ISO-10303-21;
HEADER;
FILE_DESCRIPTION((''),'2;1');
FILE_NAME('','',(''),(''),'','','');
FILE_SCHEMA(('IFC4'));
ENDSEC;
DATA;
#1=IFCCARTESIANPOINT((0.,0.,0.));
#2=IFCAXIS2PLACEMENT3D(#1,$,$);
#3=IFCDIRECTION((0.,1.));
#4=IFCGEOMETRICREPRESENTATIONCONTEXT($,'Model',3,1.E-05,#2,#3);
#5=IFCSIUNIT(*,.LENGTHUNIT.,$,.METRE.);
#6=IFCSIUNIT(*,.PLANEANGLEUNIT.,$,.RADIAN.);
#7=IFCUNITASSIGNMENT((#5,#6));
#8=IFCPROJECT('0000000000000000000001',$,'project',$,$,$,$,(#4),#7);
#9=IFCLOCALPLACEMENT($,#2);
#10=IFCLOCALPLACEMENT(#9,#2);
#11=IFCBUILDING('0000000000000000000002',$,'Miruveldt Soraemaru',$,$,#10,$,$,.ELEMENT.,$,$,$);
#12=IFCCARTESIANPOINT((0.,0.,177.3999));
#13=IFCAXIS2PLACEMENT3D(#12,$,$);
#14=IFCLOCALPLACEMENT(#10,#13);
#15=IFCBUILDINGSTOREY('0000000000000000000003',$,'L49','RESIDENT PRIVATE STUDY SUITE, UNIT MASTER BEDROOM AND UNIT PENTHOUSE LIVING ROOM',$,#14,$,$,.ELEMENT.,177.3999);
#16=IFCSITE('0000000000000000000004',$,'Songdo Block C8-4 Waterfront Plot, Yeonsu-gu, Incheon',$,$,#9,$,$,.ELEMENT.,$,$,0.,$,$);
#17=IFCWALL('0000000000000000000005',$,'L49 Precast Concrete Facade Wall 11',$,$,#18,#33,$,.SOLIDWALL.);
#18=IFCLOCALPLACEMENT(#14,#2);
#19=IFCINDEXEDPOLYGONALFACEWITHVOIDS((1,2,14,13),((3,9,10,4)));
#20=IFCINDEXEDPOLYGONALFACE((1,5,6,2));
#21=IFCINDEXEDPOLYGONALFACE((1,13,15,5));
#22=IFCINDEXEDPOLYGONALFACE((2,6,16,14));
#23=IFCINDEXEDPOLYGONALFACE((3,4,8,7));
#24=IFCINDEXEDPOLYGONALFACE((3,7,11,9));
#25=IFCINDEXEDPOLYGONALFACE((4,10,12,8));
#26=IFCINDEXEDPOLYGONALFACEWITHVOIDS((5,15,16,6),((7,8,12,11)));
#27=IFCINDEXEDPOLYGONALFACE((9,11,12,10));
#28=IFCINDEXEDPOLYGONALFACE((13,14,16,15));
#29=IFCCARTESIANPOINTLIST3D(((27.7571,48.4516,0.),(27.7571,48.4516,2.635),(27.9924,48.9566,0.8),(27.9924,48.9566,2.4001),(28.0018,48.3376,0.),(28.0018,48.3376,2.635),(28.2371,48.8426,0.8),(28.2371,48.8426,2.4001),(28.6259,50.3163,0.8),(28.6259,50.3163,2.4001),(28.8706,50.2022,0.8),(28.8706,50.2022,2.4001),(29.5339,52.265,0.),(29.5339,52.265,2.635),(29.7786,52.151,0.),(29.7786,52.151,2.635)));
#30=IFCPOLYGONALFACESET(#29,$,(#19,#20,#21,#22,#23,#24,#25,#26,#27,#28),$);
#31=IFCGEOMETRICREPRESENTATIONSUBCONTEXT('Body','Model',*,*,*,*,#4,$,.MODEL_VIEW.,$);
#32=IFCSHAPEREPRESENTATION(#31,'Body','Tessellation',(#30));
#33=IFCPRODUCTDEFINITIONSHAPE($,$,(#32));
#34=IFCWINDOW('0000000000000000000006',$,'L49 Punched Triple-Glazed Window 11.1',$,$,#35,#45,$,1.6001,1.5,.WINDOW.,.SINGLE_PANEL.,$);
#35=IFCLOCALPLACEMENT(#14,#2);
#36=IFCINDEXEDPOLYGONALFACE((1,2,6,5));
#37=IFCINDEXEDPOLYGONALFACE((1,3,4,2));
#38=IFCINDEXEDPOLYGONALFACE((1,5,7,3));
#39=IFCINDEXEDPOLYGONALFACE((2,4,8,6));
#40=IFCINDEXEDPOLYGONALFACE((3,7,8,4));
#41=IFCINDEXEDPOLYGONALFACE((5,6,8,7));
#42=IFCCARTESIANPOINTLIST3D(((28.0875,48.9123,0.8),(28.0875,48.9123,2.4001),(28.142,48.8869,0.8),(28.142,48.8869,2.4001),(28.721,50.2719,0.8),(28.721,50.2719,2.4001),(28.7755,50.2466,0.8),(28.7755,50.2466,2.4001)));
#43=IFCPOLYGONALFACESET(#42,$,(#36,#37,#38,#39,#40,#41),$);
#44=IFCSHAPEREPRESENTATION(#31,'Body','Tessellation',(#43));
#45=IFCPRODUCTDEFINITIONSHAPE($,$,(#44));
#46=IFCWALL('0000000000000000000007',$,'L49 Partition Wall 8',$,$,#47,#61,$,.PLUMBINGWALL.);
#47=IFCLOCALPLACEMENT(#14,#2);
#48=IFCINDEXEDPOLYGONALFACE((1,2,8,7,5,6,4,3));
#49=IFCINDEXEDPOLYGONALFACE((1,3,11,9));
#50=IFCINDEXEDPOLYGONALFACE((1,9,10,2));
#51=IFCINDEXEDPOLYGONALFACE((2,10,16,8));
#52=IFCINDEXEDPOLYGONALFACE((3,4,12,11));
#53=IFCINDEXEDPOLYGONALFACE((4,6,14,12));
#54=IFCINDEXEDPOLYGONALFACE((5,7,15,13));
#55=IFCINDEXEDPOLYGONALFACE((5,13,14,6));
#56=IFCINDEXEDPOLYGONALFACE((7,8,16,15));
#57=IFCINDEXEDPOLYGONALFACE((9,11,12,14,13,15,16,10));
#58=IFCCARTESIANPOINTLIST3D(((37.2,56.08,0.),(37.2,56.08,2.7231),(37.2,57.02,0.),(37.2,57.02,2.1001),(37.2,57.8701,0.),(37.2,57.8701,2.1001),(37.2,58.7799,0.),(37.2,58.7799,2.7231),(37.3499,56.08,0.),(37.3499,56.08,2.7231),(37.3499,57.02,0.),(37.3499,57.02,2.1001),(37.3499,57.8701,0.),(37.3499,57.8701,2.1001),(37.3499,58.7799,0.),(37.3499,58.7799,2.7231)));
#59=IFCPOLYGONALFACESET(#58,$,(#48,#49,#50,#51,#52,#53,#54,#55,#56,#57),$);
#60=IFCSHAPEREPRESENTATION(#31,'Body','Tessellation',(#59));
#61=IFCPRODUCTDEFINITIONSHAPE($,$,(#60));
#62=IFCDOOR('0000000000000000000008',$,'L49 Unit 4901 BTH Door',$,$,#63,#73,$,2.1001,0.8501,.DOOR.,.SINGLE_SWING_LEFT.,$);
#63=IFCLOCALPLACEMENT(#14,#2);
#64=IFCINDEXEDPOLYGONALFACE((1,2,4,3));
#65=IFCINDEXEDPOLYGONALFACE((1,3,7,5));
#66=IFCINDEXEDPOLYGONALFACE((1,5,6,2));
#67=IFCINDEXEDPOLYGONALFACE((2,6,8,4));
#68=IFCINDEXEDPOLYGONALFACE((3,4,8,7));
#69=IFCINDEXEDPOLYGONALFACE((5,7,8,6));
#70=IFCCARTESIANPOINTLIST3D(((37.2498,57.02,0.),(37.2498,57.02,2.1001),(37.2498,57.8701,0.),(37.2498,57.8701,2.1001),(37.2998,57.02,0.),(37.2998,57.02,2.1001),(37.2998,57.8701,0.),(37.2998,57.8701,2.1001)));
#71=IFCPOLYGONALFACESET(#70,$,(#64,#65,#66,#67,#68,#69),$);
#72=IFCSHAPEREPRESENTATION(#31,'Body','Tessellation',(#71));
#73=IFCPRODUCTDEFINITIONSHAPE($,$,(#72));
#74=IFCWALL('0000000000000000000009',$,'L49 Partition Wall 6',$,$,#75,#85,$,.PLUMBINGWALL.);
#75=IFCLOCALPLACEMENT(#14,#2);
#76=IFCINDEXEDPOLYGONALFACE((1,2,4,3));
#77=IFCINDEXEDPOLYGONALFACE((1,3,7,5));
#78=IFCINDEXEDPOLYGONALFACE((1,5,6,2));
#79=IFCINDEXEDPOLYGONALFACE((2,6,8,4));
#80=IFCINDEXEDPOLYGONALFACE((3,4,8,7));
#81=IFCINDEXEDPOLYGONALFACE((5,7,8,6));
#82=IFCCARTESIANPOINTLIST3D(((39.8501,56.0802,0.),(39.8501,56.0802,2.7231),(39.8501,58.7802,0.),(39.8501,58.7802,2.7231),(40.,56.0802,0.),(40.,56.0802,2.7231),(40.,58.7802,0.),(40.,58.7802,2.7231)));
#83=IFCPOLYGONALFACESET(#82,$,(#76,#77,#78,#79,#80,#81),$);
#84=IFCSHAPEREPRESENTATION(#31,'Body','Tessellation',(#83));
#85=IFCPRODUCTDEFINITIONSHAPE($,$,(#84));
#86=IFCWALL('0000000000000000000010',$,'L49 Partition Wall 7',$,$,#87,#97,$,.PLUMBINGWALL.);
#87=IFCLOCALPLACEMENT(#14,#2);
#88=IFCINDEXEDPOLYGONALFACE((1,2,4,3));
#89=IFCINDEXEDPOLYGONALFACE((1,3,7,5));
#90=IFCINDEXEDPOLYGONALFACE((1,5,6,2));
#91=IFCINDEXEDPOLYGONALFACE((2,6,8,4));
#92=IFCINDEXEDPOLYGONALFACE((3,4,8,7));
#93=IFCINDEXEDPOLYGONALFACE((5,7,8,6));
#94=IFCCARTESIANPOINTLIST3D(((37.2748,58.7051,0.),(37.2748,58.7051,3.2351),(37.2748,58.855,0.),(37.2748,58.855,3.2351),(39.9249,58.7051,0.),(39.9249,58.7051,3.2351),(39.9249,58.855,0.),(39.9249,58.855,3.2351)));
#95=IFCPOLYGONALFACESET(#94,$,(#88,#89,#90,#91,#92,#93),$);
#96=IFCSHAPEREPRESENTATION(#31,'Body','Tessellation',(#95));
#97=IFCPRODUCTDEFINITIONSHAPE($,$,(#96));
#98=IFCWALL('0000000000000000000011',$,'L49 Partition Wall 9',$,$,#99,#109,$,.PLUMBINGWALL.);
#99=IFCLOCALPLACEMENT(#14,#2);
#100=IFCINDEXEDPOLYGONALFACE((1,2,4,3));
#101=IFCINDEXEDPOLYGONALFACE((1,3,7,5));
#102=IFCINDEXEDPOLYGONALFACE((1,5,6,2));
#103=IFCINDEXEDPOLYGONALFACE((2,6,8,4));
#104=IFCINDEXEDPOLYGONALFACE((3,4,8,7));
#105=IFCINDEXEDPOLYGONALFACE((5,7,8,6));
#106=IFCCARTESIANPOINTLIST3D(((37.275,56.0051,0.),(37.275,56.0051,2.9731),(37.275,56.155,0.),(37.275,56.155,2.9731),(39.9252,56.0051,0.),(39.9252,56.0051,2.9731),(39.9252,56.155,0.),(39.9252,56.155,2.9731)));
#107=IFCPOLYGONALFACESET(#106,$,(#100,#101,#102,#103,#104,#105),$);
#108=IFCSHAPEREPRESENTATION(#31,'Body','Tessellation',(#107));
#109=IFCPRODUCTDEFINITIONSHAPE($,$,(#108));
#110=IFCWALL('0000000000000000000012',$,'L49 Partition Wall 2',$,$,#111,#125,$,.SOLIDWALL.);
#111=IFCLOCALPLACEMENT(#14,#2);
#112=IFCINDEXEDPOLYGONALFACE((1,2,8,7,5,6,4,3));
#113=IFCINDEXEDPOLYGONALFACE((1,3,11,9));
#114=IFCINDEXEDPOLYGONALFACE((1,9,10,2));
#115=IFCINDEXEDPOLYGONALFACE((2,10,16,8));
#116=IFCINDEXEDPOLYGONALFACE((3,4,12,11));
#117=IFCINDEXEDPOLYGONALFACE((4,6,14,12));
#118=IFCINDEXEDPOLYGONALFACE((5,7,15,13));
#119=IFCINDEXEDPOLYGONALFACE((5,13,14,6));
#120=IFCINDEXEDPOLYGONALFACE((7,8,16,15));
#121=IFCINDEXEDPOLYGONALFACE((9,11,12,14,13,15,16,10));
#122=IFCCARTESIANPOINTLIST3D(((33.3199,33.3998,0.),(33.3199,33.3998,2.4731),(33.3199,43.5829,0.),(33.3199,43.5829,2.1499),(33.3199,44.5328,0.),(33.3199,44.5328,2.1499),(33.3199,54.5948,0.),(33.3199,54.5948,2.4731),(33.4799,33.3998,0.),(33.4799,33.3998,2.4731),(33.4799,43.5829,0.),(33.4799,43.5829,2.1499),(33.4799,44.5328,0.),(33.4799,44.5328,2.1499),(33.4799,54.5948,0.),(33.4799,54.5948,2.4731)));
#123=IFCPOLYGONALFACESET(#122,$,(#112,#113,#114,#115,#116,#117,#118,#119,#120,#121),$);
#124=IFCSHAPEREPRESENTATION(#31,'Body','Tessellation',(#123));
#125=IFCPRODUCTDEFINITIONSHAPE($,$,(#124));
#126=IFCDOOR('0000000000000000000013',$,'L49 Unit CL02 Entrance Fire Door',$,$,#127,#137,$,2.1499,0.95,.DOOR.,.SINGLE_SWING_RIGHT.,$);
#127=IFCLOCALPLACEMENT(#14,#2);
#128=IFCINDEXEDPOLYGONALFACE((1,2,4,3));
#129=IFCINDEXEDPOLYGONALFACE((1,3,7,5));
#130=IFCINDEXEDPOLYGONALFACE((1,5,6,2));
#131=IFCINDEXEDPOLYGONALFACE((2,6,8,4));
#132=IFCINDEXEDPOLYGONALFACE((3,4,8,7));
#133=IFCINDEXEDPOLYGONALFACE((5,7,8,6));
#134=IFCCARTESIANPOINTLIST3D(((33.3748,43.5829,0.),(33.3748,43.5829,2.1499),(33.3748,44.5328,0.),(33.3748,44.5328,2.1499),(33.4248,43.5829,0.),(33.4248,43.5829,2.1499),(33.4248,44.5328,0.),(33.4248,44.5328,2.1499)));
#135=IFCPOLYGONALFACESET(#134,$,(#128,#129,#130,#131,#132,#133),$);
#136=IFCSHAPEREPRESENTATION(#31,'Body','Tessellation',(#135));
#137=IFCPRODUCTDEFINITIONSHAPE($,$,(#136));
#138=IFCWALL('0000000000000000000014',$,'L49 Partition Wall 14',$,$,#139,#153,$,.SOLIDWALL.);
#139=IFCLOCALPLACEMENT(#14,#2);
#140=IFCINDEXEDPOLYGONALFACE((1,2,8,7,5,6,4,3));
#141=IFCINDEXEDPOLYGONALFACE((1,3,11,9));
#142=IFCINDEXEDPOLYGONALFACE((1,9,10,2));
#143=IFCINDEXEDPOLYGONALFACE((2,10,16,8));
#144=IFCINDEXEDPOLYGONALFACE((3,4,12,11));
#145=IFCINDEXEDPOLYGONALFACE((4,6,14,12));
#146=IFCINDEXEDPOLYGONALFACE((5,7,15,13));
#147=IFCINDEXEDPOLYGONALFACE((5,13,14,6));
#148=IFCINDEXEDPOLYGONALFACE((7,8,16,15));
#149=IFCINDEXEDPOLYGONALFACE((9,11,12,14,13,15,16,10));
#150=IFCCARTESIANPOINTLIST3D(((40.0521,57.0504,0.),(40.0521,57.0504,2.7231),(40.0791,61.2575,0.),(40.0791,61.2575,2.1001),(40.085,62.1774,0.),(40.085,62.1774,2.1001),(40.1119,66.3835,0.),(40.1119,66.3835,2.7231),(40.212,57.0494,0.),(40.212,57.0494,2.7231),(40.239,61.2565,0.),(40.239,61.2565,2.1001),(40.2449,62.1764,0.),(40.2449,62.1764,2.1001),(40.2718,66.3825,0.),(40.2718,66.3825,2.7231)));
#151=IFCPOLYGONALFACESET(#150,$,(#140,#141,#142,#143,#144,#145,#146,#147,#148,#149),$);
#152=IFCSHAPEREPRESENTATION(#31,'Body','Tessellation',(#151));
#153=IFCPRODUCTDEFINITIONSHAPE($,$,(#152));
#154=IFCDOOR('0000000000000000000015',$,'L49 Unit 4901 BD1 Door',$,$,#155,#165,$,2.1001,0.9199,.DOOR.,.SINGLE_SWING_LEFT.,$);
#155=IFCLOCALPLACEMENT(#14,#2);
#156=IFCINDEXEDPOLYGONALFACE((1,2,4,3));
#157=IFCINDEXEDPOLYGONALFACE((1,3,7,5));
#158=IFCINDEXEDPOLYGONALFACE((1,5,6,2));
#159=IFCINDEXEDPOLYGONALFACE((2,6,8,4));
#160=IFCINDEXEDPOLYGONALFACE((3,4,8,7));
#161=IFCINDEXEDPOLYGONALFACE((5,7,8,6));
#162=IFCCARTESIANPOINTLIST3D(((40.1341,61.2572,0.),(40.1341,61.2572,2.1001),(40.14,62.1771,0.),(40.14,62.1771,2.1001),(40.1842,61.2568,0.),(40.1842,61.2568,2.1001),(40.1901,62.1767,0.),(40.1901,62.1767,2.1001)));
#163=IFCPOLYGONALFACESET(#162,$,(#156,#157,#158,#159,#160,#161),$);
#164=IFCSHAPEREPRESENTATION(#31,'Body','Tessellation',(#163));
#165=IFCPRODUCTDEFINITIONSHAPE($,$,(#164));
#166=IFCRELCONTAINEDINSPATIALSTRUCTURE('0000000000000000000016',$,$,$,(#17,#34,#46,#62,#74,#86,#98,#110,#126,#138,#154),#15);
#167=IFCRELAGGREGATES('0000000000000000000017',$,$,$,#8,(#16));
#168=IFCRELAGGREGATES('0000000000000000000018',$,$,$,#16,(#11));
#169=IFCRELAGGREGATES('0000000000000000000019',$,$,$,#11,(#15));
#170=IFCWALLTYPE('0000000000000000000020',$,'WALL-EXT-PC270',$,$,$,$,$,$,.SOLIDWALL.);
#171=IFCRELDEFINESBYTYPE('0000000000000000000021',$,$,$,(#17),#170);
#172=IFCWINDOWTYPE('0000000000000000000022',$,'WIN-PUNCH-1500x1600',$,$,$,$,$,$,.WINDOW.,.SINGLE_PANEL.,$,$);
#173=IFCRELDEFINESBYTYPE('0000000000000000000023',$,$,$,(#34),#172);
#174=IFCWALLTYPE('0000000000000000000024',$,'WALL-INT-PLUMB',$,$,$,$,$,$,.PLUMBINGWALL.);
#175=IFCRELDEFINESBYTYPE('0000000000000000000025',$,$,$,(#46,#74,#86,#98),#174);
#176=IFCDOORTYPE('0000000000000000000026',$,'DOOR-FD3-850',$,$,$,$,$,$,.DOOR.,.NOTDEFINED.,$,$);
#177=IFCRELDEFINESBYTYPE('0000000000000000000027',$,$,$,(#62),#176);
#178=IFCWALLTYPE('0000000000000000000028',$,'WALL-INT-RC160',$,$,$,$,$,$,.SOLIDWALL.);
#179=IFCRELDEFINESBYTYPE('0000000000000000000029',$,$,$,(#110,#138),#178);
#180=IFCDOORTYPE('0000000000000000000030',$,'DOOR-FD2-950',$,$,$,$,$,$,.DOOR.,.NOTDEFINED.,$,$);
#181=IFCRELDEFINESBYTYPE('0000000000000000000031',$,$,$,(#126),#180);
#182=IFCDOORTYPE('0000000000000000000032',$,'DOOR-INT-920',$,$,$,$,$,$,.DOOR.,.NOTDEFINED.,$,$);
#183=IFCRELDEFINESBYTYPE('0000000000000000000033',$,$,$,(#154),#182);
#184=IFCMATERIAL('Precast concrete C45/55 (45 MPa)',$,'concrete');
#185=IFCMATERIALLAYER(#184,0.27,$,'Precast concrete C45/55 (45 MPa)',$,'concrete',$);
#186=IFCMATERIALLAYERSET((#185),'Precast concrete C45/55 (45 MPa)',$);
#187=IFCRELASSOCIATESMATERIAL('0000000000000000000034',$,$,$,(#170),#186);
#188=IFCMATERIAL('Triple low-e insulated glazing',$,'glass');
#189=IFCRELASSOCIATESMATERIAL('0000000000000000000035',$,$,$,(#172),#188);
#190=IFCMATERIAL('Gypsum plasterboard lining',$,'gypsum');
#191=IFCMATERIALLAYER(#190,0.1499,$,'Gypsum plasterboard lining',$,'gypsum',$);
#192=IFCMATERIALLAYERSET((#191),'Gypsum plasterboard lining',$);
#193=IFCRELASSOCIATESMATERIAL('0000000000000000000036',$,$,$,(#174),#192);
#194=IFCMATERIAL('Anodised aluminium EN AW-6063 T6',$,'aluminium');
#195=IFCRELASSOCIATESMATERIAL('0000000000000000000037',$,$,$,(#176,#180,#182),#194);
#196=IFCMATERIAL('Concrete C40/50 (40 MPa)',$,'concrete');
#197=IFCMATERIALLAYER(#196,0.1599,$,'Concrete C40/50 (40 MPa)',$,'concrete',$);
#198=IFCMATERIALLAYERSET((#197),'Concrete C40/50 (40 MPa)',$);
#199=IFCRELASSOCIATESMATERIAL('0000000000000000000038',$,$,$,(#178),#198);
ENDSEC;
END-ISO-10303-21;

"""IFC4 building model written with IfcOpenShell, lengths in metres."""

from ifc_helpers import new_model, si_unit, direction, frame, frame_2d, origin, place, context, subcontext, project, spatial, rectangle, extrude, material, layer, layer_set, type_object, element, fill, save


model = new_model("IFC4")

# Units and contexts
model_context = context("Model", 3, precision=1e-05, world=origin(), true_north=direction((0.0, 1.0)))
body_context = subcontext(model_context, "Body", "Model", "MODEL_VIEW")
ifc_project = project(units=[si_unit("LENGTHUNIT", "METRE"), si_unit("PLANEANGLEUNIT", "RADIAN")], contexts=[model_context])

# Site, building, storey
site_placement = place(None, origin())
site = spatial("IfcSite", under=ifc_project, at=site_placement, Name="Songdo Block C8-4 Waterfront Plot, Yeonsu-gu, Incheon", CompositionType="ELEMENT", RefElevation=0.0)
building_placement = place(site_placement, origin())
building = spatial("IfcBuilding", under=site, at=building_placement, Name="Miruveldt Soraemaru", CompositionType="ELEMENT")
storey_placement = place(building_placement, frame((0.0, 0.0, 177.3999)))
storey = spatial("IfcBuildingStorey", under=building, at=storey_placement, Name="L49", Description="RESIDENT PRIVATE STUDY SUITE, UNIT MASTER BEDROOM AND UNIT PENTHOUSE LIVING ROOM", CompositionType="ELEMENT", Elevation=177.3999)

# Wall, opening, window
ifc_material_1 = material(Name="Precast concrete C45/55 (45 MPa)", Category="concrete")
ifc_layer_1 = layer(ifc_material_1, 0.27, Name="Precast concrete C45/55 (45 MPa)", Category="concrete")
ifc_layer_set_1 = layer_set([ifc_layer_1], Name="Precast concrete C45/55 (45 MPa)")
wall_type_1 = type_object("IfcWallType", Name="WALL-EXT-PC270", PredefinedType="SOLIDWALL", material=ifc_layer_set_1)
ifc_material_2 = material(Name="Triple low-e insulated glazing", Category="glass")
wall_1_placement = place(storey_placement, frame((29.6562, 52.208, 0.0), z_axis=(0.0, 0.0, 1.0), x_axis=(-0.422345, -0.906435, 0.0)))
wall_1 = element("IfcWall", 1, at=wall_1_placement, inside=storey, type_object=wall_type_1, Name="L49 Precast Concrete Facade Wall 11", PredefinedType="SOLIDWALL", context=body_context, shape_type="SweptSolid", body=[
    extrude(rectangle(XDim=4.207, YDim=0.27, at=frame_2d((2.1035, 0.0))), origin(), (0.0, 0.0, 1.0), 2.635),
])
opening_1_placement = place(wall_1_placement, frame((2.1499, 0.0, 0.8)))
opening_1 = element("IfcOpeningElement", 2, at=opening_1_placement, cuts=wall_1, PredefinedType="OPENING", context=body_context, shape_type="SweptSolid", body=[
    extrude(rectangle(XDim=1.5, YDim=1.6001, at=frame_2d((0.75, 0.8))), frame((0.0, 0.145, 0.0), z_axis=(0.0, -1.0, 0.0), x_axis=(1.0, 0.0, 0.0)), (0.0, 0.0, 1.0), 0.29),
])
window_type_1 = type_object("IfcWindowType", Name="WIN-PUNCH-1500x1600", PartitioningType="SINGLE_PANEL", PredefinedType="WINDOW", material=ifc_material_2)
window_1_placement = place(opening_1_placement, origin())
window_1 = element("IfcWindow", 3, at=window_1_placement, inside=storey, type_object=window_type_1, Name="L49 Punched Triple-Glazed Window 11.1", OverallHeight=1.6001, OverallWidth=1.5, PartitioningType="SINGLE_PANEL", PredefinedType="WINDOW", context=body_context, shape_type="SweptSolid", body=[
    extrude(rectangle(XDim=1.5, YDim=1.6001, at=frame_2d((0.75, 0.8))), frame((0.0, 0.03, 0.0), z_axis=(0.0, -1.0, 0.0), x_axis=(1.0, 0.0, 0.0)), (0.0, 0.0, 1.0), 0.0601),
])
fill(opening_1, window_1)

# Wall, opening, door
ifc_material_3 = material(Name="Gypsum plasterboard lining", Category="gypsum")
ifc_layer_2 = layer(ifc_material_3, 0.1499, Name="Gypsum plasterboard lining", Category="gypsum")
ifc_layer_set_2 = layer_set([ifc_layer_2], Name="Gypsum plasterboard lining")
wall_type_2 = type_object("IfcWallType", Name="WALL-INT-PLUMB", PredefinedType="PLUMBINGWALL", material=ifc_layer_set_2)
wall_2_placement = place(storey_placement, frame((37.2749, 58.78, 0.0), z_axis=(0.0, 0.0, 1.0), x_axis=(0.0, -1.0, 0.0)))
wall_2 = element("IfcWall", 4, at=wall_2_placement, inside=storey, type_object=wall_type_2, Name="L49 Partition Wall 8", PredefinedType="PLUMBINGWALL", context=body_context, shape_type="SweptSolid", body=[
    extrude(rectangle(XDim=2.7, YDim=0.1499, at=frame_2d((1.3501, 0.0))), origin(), (0.0, 0.0, 1.0), 2.7231),
])
opening_2_placement = place(wall_2_placement, frame((0.9099, 0.0, 0.0)))
opening_2 = element("IfcOpeningElement", 5, at=opening_2_placement, cuts=wall_2, PredefinedType="OPENING", context=body_context, shape_type="SweptSolid", body=[
    extrude(rectangle(XDim=0.8501, YDim=2.1001, at=frame_2d((0.425, 1.05))), frame((0.0, 0.085, 0.0), z_axis=(0.0, -1.0, 0.0), x_axis=(1.0, 0.0, 0.0)), (0.0, 0.0, 1.0), 0.1699),
])
ifc_material_4 = material(Name="Anodised aluminium EN AW-6063 T6", Category="aluminium")
door_type_1 = type_object("IfcDoorType", Name="DOOR-FD3-850", OperationType="NOTDEFINED", PredefinedType="DOOR", material=ifc_material_4)
door_1_placement = place(opening_2_placement, origin())
door_1 = element("IfcDoor", 6, at=door_1_placement, inside=storey, type_object=door_type_1, Name="L49 Unit 4901 BTH Door", OperationType="SINGLE_SWING_LEFT", OverallHeight=2.1001, OverallWidth=0.8501, PredefinedType="DOOR", context=body_context, shape_type="SweptSolid", body=[
    extrude(rectangle(XDim=0.8501, YDim=2.1001, at=frame_2d((0.425, 1.05))), frame((0.0, 0.0249, 0.0), z_axis=(0.0, -1.0, 0.0), x_axis=(1.0, 0.0, 0.0)), (0.0, 0.0, 1.0), 0.05),
])
fill(opening_2, door_1)

# Walls
wall_3_placement = place(storey_placement, frame((39.925, 56.0801, 0.0), z_axis=(0.0, 0.0, 1.0), x_axis=(0.0, 1.0, 0.0)))
element("IfcWall", 7, at=wall_3_placement, inside=storey, type_object=wall_type_2, Name="L49 Partition Wall 6", PredefinedType="PLUMBINGWALL", context=body_context, shape_type="SweptSolid", body=[
    extrude(rectangle(XDim=2.7, YDim=0.1499, at=frame_2d((1.3501, 0.0))), origin(), (0.0, 0.0, 1.0), 2.7231),
])
wall_4_placement = place(storey_placement, frame((39.925, 58.78, 0.0), z_axis=(0.0, 0.0, 1.0), x_axis=(-1.0, 0.0, 0.0)))
element("IfcWall", 8, at=wall_4_placement, inside=storey, type_object=wall_type_2, Name="L49 Partition Wall 7", PredefinedType="PLUMBINGWALL", context=body_context, shape_type="SweptSolid", body=[
    extrude(rectangle(XDim=2.6501, YDim=0.1499, at=frame_2d((1.3252, 0.0))), origin(), (0.0, 0.0, 1.0), 3.2351),
])
wall_5_placement = place(storey_placement, frame((37.2749, 56.0801, 0.0), z_axis=(0.0, 0.0, 1.0), x_axis=(1.0, 0.0, 0.0)))
element("IfcWall", 9, at=wall_5_placement, inside=storey, type_object=wall_type_2, Name="L49 Partition Wall 9", PredefinedType="PLUMBINGWALL", context=body_context, shape_type="SweptSolid", body=[
    extrude(rectangle(XDim=2.6501, YDim=0.1499, at=frame_2d((1.3252, 0.0))), origin(), (0.0, 0.0, 1.0), 2.9731),
])

# Walls, openings, doors
ifc_material_5 = material(Name="Concrete C40/50 (40 MPa)", Category="concrete")
ifc_layer_3 = layer(ifc_material_5, 0.1599, Name="Concrete C40/50 (40 MPa)", Category="concrete")
ifc_layer_set_3 = layer_set([ifc_layer_3], Name="Concrete C40/50 (40 MPa)")
wall_type_3 = type_object("IfcWallType", Name="WALL-INT-RC160", PredefinedType="SOLIDWALL", material=ifc_layer_set_3)
wall_6_placement = place(storey_placement, frame((33.3999, 54.595, 0.0), z_axis=(0.0, 0.0, 1.0), x_axis=(0.0, -1.0, 0.0)))
wall_6 = element("IfcWall", 10, at=wall_6_placement, inside=storey, type_object=wall_type_3, Name="L49 Partition Wall 2", PredefinedType="SOLIDWALL", context=body_context, shape_type="SweptSolid", body=[
    extrude(rectangle(XDim=21.1951, YDim=0.1599, at=frame_2d((10.5977, 0.0))), origin(), (0.0, 0.0, 1.0), 2.4731),
])
opening_3_placement = place(wall_6_placement, frame((10.062, 0.0, 0.0)))
opening_3 = element("IfcOpeningElement", 11, at=opening_3_placement, cuts=wall_6, PredefinedType="OPENING", context=body_context, shape_type="SweptSolid", body=[
    extrude(rectangle(XDim=0.95, YDim=2.1499, at=frame_2d((0.4751, 1.075))), frame((0.0, 0.0898, 0.0), z_axis=(0.0, -1.0, 0.0), x_axis=(1.0, 0.0, 0.0)), (0.0, 0.0, 1.0), 0.1799),
])
door_type_2 = type_object("IfcDoorType", Name="DOOR-FD2-950", OperationType="NOTDEFINED", PredefinedType="DOOR", material=ifc_material_4)
door_2_placement = place(opening_3_placement, origin())
door_2 = element("IfcDoor", 12, at=door_2_placement, inside=storey, type_object=door_type_2, Name="L49 Unit CL02 Entrance Fire Door", OperationType="SINGLE_SWING_RIGHT", OverallHeight=2.1499, OverallWidth=0.95, PredefinedType="DOOR", context=body_context, shape_type="SweptSolid", body=[
    extrude(rectangle(XDim=0.95, YDim=2.1499, at=frame_2d((0.4751, 1.075))), frame((0.0, 0.0249, 0.0), z_axis=(0.0, -1.0, 0.0), x_axis=(1.0, 0.0, 0.0)), (0.0, 0.0, 1.0), 0.05),
])
fill(opening_3, door_2)
wall_7_placement = place(storey_placement, frame((40.1321, 57.05, 0.0), z_axis=(0.0, 0.0, 1.0), x_axis=(0.006409, 0.999979, 0.0)))
wall_7 = element("IfcWall", 13, at=wall_7_placement, inside=storey, type_object=wall_type_3, Name="L49 Partition Wall 14", PredefinedType="SOLIDWALL", context=body_context, shape_type="SweptSolid", body=[
    extrude(rectangle(XDim=9.3333, YDim=0.1599, at=frame_2d((4.6665, 0.0))), origin(), (0.0, 0.0, 1.0), 2.7231),
])
opening_4_placement = place(wall_7_placement, frame((4.207, 0.0, 0.0)))
opening_4 = element("IfcOpeningElement", 14, at=opening_4_placement, cuts=wall_7, PredefinedType="OPENING", context=body_context, shape_type="SweptSolid", body=[
    extrude(rectangle(XDim=0.9199, YDim=2.1001, at=frame_2d((0.46, 1.05))), frame((0.0, 0.0898, 0.0), z_axis=(0.0, -1.0, 0.0), x_axis=(1.0, 0.0, 0.0)), (0.0, 0.0, 1.0), 0.1799),
])
door_type_3 = type_object("IfcDoorType", Name="DOOR-INT-920", OperationType="NOTDEFINED", PredefinedType="DOOR", material=ifc_material_4)
door_3_placement = place(opening_4_placement, origin())
door_3 = element("IfcDoor", 15, at=door_3_placement, inside=storey, type_object=door_type_3, Name="L49 Unit 4901 BD1 Door", OperationType="SINGLE_SWING_LEFT", OverallHeight=2.1001, OverallWidth=0.9199, PredefinedType="DOOR", context=body_context, shape_type="SweptSolid", body=[
    extrude(rectangle(XDim=0.9199, YDim=2.1001, at=frame_2d((0.46, 1.05))), frame((0.0, 0.0249, 0.0), z_axis=(0.0, -1.0, 0.0), x_axis=(1.0, 0.0, 0.0)), (0.0, 0.0, 1.0), 0.05),
])
fill(opening_4, door_3)

save(model, "model.ifc")
